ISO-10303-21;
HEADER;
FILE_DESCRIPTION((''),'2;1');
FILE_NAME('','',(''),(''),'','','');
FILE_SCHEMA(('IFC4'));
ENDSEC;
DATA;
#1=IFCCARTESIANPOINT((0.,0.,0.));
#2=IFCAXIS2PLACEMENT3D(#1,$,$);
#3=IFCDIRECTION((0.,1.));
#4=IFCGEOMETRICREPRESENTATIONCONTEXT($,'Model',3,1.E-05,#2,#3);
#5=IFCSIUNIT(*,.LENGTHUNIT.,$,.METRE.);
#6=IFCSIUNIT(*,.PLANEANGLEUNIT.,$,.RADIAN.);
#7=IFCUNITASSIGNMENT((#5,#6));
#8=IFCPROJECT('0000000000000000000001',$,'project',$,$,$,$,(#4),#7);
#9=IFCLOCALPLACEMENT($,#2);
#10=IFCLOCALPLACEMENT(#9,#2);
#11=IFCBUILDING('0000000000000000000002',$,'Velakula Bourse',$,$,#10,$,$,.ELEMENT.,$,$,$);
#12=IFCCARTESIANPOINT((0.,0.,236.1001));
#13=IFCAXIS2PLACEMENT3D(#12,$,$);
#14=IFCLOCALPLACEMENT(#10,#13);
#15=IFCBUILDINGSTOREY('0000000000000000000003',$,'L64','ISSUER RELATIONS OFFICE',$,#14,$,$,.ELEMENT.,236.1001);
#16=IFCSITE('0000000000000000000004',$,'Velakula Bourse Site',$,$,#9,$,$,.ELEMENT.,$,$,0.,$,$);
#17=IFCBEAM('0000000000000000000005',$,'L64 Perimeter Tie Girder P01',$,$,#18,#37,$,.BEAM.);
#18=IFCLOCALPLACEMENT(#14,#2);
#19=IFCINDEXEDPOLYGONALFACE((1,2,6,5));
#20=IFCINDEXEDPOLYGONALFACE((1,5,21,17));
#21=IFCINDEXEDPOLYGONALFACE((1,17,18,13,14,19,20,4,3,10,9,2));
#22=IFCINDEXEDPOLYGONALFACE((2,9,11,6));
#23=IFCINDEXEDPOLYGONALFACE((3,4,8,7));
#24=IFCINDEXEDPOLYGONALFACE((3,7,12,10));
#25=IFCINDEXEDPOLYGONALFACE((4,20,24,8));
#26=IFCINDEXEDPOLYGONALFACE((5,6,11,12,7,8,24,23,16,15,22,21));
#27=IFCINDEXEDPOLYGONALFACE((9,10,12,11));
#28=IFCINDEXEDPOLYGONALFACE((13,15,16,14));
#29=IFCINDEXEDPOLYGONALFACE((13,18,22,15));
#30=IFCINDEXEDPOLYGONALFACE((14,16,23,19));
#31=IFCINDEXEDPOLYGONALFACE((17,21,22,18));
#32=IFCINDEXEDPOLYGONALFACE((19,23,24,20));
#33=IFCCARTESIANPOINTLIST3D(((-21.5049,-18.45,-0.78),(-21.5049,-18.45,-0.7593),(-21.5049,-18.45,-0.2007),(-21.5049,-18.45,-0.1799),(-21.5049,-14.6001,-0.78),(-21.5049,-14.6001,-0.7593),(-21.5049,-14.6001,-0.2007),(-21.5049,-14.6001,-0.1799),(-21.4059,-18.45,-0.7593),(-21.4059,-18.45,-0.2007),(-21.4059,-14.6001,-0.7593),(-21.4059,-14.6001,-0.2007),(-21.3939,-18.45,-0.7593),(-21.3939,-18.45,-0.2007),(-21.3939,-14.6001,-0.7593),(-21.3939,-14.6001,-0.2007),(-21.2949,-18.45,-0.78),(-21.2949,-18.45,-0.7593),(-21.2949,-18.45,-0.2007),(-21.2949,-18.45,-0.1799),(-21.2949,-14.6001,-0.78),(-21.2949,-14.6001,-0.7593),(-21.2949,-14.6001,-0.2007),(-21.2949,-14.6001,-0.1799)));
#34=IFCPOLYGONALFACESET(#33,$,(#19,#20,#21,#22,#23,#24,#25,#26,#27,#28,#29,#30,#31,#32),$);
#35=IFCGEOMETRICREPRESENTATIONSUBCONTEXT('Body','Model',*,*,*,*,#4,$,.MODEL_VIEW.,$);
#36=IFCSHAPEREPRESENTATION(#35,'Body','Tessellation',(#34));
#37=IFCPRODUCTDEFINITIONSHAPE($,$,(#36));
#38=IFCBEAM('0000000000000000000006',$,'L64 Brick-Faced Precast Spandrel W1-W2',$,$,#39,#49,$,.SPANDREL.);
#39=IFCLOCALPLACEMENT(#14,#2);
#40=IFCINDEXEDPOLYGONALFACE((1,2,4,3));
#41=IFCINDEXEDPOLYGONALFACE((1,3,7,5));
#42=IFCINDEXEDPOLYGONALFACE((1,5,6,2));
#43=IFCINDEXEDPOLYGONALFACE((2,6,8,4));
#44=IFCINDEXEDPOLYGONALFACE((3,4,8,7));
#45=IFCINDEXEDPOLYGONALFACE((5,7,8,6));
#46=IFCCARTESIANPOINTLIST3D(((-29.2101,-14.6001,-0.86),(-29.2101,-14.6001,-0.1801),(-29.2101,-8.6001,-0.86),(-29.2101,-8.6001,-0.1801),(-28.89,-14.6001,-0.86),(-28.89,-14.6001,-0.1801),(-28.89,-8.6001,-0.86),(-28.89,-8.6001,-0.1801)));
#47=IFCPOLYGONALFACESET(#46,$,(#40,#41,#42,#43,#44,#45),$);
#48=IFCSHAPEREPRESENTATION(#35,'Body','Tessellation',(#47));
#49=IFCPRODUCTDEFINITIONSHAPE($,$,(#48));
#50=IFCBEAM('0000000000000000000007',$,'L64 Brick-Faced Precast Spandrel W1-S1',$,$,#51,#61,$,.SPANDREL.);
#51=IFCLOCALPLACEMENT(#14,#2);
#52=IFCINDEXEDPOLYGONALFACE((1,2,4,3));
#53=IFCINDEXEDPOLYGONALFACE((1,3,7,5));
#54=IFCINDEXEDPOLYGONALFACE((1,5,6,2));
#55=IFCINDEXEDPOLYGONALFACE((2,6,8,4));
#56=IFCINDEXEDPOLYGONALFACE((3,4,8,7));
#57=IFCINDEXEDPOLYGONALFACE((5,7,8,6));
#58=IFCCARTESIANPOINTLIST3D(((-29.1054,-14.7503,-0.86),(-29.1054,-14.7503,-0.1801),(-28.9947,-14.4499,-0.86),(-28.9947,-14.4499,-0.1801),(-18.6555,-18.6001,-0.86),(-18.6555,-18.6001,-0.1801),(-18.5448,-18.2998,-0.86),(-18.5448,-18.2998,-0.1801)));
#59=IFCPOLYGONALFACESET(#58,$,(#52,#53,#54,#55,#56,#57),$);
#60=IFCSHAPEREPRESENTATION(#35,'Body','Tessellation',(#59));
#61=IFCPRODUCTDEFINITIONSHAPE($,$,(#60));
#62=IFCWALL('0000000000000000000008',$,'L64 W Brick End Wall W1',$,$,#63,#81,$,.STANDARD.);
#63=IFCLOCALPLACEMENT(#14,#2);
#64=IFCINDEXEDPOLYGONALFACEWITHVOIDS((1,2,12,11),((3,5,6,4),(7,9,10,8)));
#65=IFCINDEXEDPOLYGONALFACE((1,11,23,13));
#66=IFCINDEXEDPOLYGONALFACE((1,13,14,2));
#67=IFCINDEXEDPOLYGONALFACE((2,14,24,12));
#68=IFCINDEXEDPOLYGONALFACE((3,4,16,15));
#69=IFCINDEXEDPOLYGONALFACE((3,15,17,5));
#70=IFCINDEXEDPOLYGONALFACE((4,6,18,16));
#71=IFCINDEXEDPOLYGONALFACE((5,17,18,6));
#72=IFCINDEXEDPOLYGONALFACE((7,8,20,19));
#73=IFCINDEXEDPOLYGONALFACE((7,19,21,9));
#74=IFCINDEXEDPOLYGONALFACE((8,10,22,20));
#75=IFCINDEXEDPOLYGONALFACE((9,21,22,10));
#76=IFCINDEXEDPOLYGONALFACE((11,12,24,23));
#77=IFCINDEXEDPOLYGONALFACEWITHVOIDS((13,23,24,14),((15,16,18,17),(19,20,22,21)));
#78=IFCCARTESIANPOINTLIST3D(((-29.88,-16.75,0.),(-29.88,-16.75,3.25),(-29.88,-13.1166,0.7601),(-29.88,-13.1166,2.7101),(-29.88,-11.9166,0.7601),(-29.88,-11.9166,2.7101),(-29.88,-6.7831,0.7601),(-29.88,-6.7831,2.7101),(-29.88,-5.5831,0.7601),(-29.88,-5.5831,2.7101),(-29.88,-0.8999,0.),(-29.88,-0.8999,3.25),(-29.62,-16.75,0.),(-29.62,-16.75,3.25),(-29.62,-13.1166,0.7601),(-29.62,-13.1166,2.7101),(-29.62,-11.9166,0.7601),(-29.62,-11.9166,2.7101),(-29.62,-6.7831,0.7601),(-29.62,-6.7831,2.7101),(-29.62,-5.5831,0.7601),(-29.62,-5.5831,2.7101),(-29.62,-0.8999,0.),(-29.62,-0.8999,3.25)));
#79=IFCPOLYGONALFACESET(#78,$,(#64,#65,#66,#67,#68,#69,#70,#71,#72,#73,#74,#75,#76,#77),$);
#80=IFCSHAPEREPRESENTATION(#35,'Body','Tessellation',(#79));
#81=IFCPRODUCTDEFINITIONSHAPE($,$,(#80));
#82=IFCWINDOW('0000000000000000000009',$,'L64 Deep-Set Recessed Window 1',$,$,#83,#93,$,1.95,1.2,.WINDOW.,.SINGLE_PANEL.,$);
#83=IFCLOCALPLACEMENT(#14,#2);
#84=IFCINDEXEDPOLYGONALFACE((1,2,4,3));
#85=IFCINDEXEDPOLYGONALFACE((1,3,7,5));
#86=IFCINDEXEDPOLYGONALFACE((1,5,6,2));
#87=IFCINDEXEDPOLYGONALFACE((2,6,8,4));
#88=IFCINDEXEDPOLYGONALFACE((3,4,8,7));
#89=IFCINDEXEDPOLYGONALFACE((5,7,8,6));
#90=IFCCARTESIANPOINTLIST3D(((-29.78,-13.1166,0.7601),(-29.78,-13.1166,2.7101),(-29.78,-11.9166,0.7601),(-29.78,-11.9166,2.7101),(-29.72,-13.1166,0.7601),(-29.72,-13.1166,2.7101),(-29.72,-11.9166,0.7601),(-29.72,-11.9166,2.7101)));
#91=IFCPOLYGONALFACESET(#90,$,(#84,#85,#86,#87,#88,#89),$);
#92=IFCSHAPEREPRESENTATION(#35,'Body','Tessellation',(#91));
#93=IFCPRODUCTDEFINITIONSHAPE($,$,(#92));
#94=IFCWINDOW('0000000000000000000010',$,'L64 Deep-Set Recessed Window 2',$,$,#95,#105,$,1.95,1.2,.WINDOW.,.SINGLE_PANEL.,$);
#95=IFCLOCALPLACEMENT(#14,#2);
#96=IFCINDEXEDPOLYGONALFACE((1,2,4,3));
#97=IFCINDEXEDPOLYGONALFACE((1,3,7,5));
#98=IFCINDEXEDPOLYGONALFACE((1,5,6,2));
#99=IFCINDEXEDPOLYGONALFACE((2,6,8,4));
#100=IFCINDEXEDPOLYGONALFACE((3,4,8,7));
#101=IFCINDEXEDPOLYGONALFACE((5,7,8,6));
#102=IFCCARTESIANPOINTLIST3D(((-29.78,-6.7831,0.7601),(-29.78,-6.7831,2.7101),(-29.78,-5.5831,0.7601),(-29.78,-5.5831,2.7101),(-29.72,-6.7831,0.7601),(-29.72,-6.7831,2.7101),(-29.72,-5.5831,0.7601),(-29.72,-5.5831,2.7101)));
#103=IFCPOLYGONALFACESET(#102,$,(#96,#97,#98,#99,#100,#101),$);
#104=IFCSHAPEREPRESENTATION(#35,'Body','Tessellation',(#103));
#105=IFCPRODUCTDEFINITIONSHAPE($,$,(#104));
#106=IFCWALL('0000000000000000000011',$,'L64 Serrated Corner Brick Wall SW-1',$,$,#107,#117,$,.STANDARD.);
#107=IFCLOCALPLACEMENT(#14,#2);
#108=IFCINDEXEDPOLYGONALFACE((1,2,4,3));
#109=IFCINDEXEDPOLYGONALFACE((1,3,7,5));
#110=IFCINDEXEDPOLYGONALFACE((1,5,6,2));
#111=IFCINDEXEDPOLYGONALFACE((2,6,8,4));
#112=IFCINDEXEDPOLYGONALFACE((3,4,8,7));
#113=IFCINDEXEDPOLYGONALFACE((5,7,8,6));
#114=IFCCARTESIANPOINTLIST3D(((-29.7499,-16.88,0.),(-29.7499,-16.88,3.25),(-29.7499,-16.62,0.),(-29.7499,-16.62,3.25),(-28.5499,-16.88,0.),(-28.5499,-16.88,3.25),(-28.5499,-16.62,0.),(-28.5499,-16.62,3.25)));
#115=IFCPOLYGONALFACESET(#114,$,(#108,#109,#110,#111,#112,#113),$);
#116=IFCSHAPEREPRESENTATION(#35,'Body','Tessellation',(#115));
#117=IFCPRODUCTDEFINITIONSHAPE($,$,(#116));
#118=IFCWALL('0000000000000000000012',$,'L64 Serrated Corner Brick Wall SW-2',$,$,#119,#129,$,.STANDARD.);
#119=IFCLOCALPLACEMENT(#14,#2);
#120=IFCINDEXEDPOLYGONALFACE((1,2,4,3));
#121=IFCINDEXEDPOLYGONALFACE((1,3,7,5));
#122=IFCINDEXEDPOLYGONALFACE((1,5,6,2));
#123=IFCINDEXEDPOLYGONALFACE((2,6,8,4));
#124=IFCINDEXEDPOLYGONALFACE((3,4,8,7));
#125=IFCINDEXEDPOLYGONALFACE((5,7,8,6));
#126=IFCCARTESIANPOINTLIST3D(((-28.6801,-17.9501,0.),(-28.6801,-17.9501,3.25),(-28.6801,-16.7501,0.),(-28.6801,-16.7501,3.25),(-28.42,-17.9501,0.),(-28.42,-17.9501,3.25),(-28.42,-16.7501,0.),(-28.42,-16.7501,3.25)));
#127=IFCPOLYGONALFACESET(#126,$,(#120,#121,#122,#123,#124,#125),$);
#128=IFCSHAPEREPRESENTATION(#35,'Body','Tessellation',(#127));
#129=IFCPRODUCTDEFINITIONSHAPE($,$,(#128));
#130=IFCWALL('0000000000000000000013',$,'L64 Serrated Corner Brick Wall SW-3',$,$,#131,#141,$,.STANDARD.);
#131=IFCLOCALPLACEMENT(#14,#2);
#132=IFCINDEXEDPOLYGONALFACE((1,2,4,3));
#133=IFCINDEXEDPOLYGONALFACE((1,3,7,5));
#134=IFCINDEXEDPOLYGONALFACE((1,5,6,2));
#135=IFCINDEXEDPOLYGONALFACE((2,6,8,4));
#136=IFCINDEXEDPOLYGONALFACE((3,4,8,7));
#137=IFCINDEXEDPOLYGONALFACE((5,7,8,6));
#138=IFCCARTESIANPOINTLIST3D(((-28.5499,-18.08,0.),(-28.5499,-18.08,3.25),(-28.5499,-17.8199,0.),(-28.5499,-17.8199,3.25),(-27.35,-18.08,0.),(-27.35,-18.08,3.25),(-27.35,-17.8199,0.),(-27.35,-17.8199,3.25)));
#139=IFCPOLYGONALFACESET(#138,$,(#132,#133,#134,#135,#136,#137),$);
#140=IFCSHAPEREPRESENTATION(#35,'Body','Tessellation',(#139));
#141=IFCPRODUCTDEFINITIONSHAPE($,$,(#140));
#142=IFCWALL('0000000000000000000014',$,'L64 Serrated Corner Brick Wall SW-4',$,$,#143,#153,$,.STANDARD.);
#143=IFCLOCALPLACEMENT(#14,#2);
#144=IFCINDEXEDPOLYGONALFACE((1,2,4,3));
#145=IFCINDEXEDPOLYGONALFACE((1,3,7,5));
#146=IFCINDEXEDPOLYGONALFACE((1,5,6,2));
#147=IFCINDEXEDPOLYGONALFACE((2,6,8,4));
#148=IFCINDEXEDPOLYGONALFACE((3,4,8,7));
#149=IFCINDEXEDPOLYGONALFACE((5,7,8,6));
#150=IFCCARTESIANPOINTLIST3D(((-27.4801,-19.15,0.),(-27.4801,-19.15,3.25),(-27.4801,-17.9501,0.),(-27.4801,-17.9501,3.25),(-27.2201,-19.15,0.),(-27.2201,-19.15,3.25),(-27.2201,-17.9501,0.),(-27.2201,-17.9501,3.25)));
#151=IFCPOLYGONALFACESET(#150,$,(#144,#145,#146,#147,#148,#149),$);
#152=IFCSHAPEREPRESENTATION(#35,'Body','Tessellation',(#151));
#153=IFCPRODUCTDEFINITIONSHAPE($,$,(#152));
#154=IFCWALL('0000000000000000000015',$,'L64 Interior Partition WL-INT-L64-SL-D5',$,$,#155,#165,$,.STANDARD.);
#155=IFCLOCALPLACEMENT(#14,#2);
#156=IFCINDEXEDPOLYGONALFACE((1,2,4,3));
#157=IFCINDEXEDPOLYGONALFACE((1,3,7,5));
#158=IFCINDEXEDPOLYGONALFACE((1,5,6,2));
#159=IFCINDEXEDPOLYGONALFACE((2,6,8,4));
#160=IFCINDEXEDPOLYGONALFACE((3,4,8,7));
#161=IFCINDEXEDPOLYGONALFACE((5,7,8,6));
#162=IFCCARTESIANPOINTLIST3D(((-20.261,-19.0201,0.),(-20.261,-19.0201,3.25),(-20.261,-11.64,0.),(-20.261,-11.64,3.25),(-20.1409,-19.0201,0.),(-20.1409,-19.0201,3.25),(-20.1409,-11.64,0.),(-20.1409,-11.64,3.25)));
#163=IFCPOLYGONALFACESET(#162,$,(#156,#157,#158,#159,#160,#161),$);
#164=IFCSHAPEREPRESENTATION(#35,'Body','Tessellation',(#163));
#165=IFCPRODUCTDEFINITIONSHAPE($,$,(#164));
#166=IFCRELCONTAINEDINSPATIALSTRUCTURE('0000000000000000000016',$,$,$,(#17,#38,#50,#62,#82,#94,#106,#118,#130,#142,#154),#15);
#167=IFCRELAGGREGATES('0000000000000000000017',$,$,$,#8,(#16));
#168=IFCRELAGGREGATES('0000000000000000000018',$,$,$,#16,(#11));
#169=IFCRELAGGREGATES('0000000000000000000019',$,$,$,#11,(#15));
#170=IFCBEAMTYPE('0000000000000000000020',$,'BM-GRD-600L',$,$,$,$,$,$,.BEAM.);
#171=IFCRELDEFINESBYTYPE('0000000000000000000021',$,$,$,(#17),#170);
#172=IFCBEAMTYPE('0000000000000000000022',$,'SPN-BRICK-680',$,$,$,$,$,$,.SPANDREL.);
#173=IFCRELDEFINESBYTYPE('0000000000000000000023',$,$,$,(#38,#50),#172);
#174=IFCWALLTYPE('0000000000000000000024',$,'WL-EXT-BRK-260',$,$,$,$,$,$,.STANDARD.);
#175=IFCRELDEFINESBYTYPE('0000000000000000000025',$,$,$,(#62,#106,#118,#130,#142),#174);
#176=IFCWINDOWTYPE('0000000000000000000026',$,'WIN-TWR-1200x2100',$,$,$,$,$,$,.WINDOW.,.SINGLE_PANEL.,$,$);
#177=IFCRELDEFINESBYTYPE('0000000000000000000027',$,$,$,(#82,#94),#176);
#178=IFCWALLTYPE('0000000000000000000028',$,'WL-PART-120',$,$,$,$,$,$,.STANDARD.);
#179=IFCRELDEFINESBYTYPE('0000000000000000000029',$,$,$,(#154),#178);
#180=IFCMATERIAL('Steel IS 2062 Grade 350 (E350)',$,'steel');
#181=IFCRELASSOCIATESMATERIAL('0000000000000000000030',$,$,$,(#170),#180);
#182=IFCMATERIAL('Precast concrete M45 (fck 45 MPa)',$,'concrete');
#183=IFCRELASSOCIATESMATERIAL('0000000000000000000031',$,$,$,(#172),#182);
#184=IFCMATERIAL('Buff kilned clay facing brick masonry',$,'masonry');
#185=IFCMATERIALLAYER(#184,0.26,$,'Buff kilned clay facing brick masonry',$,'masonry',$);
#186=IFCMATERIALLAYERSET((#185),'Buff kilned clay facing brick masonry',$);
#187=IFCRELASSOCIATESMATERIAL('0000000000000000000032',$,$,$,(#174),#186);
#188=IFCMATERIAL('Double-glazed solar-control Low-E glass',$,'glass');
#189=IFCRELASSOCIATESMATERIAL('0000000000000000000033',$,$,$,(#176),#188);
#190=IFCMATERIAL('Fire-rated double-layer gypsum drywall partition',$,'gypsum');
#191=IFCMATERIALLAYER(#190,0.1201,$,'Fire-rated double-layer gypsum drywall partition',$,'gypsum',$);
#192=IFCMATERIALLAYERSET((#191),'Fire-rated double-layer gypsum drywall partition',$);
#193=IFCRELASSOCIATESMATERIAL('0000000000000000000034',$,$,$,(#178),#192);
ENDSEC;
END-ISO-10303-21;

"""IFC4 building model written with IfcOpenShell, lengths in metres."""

from ifc_helpers import new_model, si_unit, direction, frame, frame_2d, origin, origin_2d, place, context, subcontext, project, spatial, rectangle, i_section, extrude, material, layer, layer_set, material_profile, profile_set, type_object, element, fill, save


model = new_model("IFC4")

# Units and contexts
model_context = context("Model", 3, precision=1e-05, world=origin(), true_north=direction((0.0, 1.0)))
body_context = subcontext(model_context, "Body", "Model", "MODEL_VIEW")
ifc_project = project(units=[si_unit("LENGTHUNIT", "METRE"), si_unit("PLANEANGLEUNIT", "RADIAN")], contexts=[model_context])

# Site, building, storey
site_placement = place(None, origin())
site = spatial("IfcSite", under=ifc_project, at=site_placement, Name="Velakula Bourse Site", CompositionType="ELEMENT", RefElevation=0.0)
building_placement = place(site_placement, origin())
building = spatial("IfcBuilding", under=site, at=building_placement, Name="Velakula Bourse", CompositionType="ELEMENT")
storey_placement = place(building_placement, frame((0.0, 0.0, 236.1001)))
storey = spatial("IfcBuildingStorey", under=building, at=storey_placement, Name="L64", Description="ISSUER RELATIONS OFFICE", CompositionType="ELEMENT", Elevation=236.1001)

# Shared definitions
ifc_material_1 = material(Name="Steel IS 2062 Grade 350 (E350)", Category="steel")
ifc_material_2 = material(Name="Precast concrete M45 (fck 45 MPa)", Category="concrete")

# Beams
ifc_material_profile_1 = material_profile(ifc_material_1, i_section(OverallWidth=0.21, OverallDepth=0.6001, WebThickness=0.012, FlangeThickness=0.0208, at=origin_2d()), Name="Steel IS 2062 Grade 350 (E350)")
ifc_profile_set_1 = profile_set([ifc_material_profile_1], Name="Steel IS 2062 Grade 350 (E350)")
beam_type_1 = type_object("IfcBeamType", Name="BM-GRD-600L", PredefinedType="BEAM", material=ifc_profile_set_1)
beam_1_placement = place(storey_placement, frame((-21.3999, -14.6001, -0.48), z_axis=(0.0, -1.0, 0.0), x_axis=(1.0, 0.0, 0.0)))
element("IfcBeam", 1, at=beam_1_placement, inside=storey, type_object=beam_type_1, Name="L64 Perimeter Tie Girder P01", PredefinedType="BEAM", context=body_context, shape_type="SweptSolid", body=[
    extrude(i_section(OverallWidth=0.21, OverallDepth=0.6001, WebThickness=0.012, FlangeThickness=0.0208, at=origin_2d()), origin(), (0.0, 0.0, 1.0), 3.8499),
])
ifc_material_profile_2 = material_profile(ifc_material_2, rectangle(XDim=0.3201, YDim=0.6799, at=origin_2d()), Name="Precast concrete M45 (fck 45 MPa)")
ifc_profile_set_2 = profile_set([ifc_material_profile_2], Name="Precast concrete M45 (fck 45 MPa)")
beam_type_2 = type_object("IfcBeamType", Name="SPN-BRICK-680", PredefinedType="SPANDREL", material=ifc_profile_set_2)
beam_2_placement = place(storey_placement, frame((-29.05, -14.6001, -0.52), z_axis=(0.0, 1.0, 0.0), x_axis=(-1.0, 0.0, 0.0)))
element("IfcBeam", 2, at=beam_2_placement, inside=storey, type_object=beam_type_2, Name="L64 Brick-Faced Precast Spandrel W1-W2", PredefinedType="SPANDREL", context=body_context, shape_type="SweptSolid", body=[
    extrude(rectangle(XDim=0.3201, YDim=0.6799, at=origin_2d()), origin(), (0.0, 0.0, 1.0), 6.0),
])
beam_3_placement = place(storey_placement, frame((-29.05, -14.6001, -0.52), z_axis=(0.938347, -0.345695, 0.0), x_axis=(0.345695, 0.938347, 0.0)))
element("IfcBeam", 3, at=beam_3_placement, inside=storey, type_object=beam_type_2, Name="L64 Brick-Faced Precast Spandrel W1-S1", PredefinedType="SPANDREL", context=body_context, shape_type="SweptSolid", body=[
    extrude(rectangle(XDim=0.3201, YDim=0.6799, at=origin_2d()), origin(), (0.0, 0.0, 1.0), 11.1365),
])

# Wall, openings, windows
ifc_material_3 = material(Name="Buff kilned clay facing brick masonry", Category="masonry")
ifc_layer_1 = layer(ifc_material_3, 0.26, Name="Buff kilned clay facing brick masonry", Category="masonry")
ifc_layer_set_1 = layer_set([ifc_layer_1], Name="Buff kilned clay facing brick masonry")
wall_type_1 = type_object("IfcWallType", Name="WL-EXT-BRK-260", PredefinedType="STANDARD", material=ifc_layer_set_1)
wall_1_placement = place(storey_placement, frame((-29.75, -16.75, 0.0), z_axis=(0.0, 0.0, 1.0), x_axis=(0.0, 1.0, 0.0)))
wall_1 = element("IfcWall", 4, at=wall_1_placement, inside=storey, type_object=wall_type_1, Name="L64 W Brick End Wall W1", PredefinedType="STANDARD", context=body_context, shape_type="SweptSolid", body=[
    extrude(rectangle(XDim=15.8501, YDim=0.26, at=frame_2d((7.925, 0.0))), origin(), (0.0, 0.0, 1.0), 3.25),
])
opening_1_placement = place(wall_1_placement, frame((3.6333, 0.0, 0.76)))
opening_1 = element("IfcOpeningElement", 5, at=opening_1_placement, cuts=wall_1, PredefinedType="OPENING", context=body_context, shape_type="SweptSolid", body=[
    extrude(rectangle(XDim=1.2, YDim=1.95, at=frame_2d((0.6001, 0.9751))), frame((0.0, 0.1399, 0.0), z_axis=(0.0, -1.0, 0.0), x_axis=(1.0, 0.0, 0.0)), (0.0, 0.0, 1.0), 0.28),
])
opening_2_placement = place(wall_1_placement, frame((9.9668, 0.0, 0.76)))
opening_2 = element("IfcOpeningElement", 6, at=opening_2_placement, cuts=wall_1, PredefinedType="OPENING", context=body_context, shape_type="SweptSolid", body=[
    extrude(rectangle(XDim=1.2, YDim=1.95, at=frame_2d((0.6001, 0.9751))), frame((0.0, 0.1399, 0.0), z_axis=(0.0, -1.0, 0.0), x_axis=(1.0, 0.0, 0.0)), (0.0, 0.0, 1.0), 0.28),
])
ifc_material_4 = material(Name="Double-glazed solar-control Low-E glass", Category="glass")
window_type = type_object("IfcWindowType", Name="WIN-TWR-1200x2100", PartitioningType="SINGLE_PANEL", PredefinedType="WINDOW", material=ifc_material_4)
window_1_placement = place(opening_1_placement, origin())
window_1 = element("IfcWindow", 7, at=window_1_placement, inside=storey, type_object=window_type, Name="L64 Deep-Set Recessed Window 1", OverallHeight=1.95, OverallWidth=1.2, PartitioningType="SINGLE_PANEL", PredefinedType="WINDOW", context=body_context, shape_type="SweptSolid", body=[
    extrude(rectangle(XDim=1.2, YDim=1.95, at=frame_2d((0.6001, 0.9751))), frame((0.0, 0.03, 0.0), z_axis=(0.0, -1.0, 0.0), x_axis=(1.0, 0.0, 0.0)), (0.0, 0.0, 1.0), 0.0601),
])
fill(opening_1, window_1)
window_2_placement = place(opening_2_placement, origin())
window_2 = element("IfcWindow", 8, at=window_2_placement, inside=storey, type_object=window_type, Name="L64 Deep-Set Recessed Window 2", OverallHeight=1.95, OverallWidth=1.2, PartitioningType="SINGLE_PANEL", PredefinedType="WINDOW", context=body_context, shape_type="SweptSolid", body=[
    extrude(rectangle(XDim=1.2, YDim=1.95, at=frame_2d((0.6001, 0.9751))), frame((0.0, 0.03, 0.0), z_axis=(0.0, -1.0, 0.0), x_axis=(1.0, 0.0, 0.0)), (0.0, 0.0, 1.0), 0.0601),
])
fill(opening_2, window_2)

# Walls
for number, where, z_axis, x_axis, name in (
    (9, (-29.75, -16.75, 0.0), (0.0, 0.0, 1.0), (1.0, 0.0, 0.0), "L64 Serrated Corner Brick Wall SW-1"),
    (10, (-28.55, -16.75, 0.0), (0.0, 0.0, 1.0), (0.0, -1.0, 0.0), "L64 Serrated Corner Brick Wall SW-2"),
    (11, (-28.55, -17.95, 0.0), (0.0, 0.0, 1.0), (1.0, 0.0, 0.0), "L64 Serrated Corner Brick Wall SW-3"),
    (12, (-27.3501, -17.95, 0.0), (0.0, 0.0, 1.0), (0.0, -1.0, 0.0), "L64 Serrated Corner Brick Wall SW-4"),
):
    element("IfcWall", number, at=place(storey_placement, frame(where, z_axis=z_axis, x_axis=x_axis)), inside=storey, type_object=wall_type_1, Name=name, PredefinedType="STANDARD", context=body_context, shape_type="SweptSolid", body=[
        extrude(rectangle(XDim=1.2, YDim=0.26, at=frame_2d((0.6001, 0.0))), origin(), (0.0, 0.0, 1.0), 3.25),
    ])
ifc_material_5 = material(Name="Fire-rated double-layer gypsum drywall partition", Category="gypsum")
ifc_layer_2 = layer(ifc_material_5, 0.1201, Name="Fire-rated double-layer gypsum drywall partition", Category="gypsum")
ifc_layer_set_2 = layer_set([ifc_layer_2], Name="Fire-rated double-layer gypsum drywall partition")
wall_type_2 = type_object("IfcWallType", Name="WL-PART-120", PredefinedType="STANDARD", material=ifc_layer_set_2)
wall_2_placement = place(storey_placement, frame((-20.2009, -19.02, 0.0), z_axis=(0.0, 0.0, 1.0), x_axis=(0.0, 1.0, 0.0)))
element("IfcWall", 13, at=wall_2_placement, inside=storey, type_object=wall_type_2, Name="L64 Interior Partition WL-INT-L64-SL-D5", PredefinedType="STANDARD", context=body_context, shape_type="SweptSolid", body=[
    extrude(rectangle(XDim=7.3801, YDim=0.1201, at=frame_2d((3.6899, 0.0))), origin(), (0.0, 0.0, 1.0), 3.25),
])

save(model, "model.ifc")
